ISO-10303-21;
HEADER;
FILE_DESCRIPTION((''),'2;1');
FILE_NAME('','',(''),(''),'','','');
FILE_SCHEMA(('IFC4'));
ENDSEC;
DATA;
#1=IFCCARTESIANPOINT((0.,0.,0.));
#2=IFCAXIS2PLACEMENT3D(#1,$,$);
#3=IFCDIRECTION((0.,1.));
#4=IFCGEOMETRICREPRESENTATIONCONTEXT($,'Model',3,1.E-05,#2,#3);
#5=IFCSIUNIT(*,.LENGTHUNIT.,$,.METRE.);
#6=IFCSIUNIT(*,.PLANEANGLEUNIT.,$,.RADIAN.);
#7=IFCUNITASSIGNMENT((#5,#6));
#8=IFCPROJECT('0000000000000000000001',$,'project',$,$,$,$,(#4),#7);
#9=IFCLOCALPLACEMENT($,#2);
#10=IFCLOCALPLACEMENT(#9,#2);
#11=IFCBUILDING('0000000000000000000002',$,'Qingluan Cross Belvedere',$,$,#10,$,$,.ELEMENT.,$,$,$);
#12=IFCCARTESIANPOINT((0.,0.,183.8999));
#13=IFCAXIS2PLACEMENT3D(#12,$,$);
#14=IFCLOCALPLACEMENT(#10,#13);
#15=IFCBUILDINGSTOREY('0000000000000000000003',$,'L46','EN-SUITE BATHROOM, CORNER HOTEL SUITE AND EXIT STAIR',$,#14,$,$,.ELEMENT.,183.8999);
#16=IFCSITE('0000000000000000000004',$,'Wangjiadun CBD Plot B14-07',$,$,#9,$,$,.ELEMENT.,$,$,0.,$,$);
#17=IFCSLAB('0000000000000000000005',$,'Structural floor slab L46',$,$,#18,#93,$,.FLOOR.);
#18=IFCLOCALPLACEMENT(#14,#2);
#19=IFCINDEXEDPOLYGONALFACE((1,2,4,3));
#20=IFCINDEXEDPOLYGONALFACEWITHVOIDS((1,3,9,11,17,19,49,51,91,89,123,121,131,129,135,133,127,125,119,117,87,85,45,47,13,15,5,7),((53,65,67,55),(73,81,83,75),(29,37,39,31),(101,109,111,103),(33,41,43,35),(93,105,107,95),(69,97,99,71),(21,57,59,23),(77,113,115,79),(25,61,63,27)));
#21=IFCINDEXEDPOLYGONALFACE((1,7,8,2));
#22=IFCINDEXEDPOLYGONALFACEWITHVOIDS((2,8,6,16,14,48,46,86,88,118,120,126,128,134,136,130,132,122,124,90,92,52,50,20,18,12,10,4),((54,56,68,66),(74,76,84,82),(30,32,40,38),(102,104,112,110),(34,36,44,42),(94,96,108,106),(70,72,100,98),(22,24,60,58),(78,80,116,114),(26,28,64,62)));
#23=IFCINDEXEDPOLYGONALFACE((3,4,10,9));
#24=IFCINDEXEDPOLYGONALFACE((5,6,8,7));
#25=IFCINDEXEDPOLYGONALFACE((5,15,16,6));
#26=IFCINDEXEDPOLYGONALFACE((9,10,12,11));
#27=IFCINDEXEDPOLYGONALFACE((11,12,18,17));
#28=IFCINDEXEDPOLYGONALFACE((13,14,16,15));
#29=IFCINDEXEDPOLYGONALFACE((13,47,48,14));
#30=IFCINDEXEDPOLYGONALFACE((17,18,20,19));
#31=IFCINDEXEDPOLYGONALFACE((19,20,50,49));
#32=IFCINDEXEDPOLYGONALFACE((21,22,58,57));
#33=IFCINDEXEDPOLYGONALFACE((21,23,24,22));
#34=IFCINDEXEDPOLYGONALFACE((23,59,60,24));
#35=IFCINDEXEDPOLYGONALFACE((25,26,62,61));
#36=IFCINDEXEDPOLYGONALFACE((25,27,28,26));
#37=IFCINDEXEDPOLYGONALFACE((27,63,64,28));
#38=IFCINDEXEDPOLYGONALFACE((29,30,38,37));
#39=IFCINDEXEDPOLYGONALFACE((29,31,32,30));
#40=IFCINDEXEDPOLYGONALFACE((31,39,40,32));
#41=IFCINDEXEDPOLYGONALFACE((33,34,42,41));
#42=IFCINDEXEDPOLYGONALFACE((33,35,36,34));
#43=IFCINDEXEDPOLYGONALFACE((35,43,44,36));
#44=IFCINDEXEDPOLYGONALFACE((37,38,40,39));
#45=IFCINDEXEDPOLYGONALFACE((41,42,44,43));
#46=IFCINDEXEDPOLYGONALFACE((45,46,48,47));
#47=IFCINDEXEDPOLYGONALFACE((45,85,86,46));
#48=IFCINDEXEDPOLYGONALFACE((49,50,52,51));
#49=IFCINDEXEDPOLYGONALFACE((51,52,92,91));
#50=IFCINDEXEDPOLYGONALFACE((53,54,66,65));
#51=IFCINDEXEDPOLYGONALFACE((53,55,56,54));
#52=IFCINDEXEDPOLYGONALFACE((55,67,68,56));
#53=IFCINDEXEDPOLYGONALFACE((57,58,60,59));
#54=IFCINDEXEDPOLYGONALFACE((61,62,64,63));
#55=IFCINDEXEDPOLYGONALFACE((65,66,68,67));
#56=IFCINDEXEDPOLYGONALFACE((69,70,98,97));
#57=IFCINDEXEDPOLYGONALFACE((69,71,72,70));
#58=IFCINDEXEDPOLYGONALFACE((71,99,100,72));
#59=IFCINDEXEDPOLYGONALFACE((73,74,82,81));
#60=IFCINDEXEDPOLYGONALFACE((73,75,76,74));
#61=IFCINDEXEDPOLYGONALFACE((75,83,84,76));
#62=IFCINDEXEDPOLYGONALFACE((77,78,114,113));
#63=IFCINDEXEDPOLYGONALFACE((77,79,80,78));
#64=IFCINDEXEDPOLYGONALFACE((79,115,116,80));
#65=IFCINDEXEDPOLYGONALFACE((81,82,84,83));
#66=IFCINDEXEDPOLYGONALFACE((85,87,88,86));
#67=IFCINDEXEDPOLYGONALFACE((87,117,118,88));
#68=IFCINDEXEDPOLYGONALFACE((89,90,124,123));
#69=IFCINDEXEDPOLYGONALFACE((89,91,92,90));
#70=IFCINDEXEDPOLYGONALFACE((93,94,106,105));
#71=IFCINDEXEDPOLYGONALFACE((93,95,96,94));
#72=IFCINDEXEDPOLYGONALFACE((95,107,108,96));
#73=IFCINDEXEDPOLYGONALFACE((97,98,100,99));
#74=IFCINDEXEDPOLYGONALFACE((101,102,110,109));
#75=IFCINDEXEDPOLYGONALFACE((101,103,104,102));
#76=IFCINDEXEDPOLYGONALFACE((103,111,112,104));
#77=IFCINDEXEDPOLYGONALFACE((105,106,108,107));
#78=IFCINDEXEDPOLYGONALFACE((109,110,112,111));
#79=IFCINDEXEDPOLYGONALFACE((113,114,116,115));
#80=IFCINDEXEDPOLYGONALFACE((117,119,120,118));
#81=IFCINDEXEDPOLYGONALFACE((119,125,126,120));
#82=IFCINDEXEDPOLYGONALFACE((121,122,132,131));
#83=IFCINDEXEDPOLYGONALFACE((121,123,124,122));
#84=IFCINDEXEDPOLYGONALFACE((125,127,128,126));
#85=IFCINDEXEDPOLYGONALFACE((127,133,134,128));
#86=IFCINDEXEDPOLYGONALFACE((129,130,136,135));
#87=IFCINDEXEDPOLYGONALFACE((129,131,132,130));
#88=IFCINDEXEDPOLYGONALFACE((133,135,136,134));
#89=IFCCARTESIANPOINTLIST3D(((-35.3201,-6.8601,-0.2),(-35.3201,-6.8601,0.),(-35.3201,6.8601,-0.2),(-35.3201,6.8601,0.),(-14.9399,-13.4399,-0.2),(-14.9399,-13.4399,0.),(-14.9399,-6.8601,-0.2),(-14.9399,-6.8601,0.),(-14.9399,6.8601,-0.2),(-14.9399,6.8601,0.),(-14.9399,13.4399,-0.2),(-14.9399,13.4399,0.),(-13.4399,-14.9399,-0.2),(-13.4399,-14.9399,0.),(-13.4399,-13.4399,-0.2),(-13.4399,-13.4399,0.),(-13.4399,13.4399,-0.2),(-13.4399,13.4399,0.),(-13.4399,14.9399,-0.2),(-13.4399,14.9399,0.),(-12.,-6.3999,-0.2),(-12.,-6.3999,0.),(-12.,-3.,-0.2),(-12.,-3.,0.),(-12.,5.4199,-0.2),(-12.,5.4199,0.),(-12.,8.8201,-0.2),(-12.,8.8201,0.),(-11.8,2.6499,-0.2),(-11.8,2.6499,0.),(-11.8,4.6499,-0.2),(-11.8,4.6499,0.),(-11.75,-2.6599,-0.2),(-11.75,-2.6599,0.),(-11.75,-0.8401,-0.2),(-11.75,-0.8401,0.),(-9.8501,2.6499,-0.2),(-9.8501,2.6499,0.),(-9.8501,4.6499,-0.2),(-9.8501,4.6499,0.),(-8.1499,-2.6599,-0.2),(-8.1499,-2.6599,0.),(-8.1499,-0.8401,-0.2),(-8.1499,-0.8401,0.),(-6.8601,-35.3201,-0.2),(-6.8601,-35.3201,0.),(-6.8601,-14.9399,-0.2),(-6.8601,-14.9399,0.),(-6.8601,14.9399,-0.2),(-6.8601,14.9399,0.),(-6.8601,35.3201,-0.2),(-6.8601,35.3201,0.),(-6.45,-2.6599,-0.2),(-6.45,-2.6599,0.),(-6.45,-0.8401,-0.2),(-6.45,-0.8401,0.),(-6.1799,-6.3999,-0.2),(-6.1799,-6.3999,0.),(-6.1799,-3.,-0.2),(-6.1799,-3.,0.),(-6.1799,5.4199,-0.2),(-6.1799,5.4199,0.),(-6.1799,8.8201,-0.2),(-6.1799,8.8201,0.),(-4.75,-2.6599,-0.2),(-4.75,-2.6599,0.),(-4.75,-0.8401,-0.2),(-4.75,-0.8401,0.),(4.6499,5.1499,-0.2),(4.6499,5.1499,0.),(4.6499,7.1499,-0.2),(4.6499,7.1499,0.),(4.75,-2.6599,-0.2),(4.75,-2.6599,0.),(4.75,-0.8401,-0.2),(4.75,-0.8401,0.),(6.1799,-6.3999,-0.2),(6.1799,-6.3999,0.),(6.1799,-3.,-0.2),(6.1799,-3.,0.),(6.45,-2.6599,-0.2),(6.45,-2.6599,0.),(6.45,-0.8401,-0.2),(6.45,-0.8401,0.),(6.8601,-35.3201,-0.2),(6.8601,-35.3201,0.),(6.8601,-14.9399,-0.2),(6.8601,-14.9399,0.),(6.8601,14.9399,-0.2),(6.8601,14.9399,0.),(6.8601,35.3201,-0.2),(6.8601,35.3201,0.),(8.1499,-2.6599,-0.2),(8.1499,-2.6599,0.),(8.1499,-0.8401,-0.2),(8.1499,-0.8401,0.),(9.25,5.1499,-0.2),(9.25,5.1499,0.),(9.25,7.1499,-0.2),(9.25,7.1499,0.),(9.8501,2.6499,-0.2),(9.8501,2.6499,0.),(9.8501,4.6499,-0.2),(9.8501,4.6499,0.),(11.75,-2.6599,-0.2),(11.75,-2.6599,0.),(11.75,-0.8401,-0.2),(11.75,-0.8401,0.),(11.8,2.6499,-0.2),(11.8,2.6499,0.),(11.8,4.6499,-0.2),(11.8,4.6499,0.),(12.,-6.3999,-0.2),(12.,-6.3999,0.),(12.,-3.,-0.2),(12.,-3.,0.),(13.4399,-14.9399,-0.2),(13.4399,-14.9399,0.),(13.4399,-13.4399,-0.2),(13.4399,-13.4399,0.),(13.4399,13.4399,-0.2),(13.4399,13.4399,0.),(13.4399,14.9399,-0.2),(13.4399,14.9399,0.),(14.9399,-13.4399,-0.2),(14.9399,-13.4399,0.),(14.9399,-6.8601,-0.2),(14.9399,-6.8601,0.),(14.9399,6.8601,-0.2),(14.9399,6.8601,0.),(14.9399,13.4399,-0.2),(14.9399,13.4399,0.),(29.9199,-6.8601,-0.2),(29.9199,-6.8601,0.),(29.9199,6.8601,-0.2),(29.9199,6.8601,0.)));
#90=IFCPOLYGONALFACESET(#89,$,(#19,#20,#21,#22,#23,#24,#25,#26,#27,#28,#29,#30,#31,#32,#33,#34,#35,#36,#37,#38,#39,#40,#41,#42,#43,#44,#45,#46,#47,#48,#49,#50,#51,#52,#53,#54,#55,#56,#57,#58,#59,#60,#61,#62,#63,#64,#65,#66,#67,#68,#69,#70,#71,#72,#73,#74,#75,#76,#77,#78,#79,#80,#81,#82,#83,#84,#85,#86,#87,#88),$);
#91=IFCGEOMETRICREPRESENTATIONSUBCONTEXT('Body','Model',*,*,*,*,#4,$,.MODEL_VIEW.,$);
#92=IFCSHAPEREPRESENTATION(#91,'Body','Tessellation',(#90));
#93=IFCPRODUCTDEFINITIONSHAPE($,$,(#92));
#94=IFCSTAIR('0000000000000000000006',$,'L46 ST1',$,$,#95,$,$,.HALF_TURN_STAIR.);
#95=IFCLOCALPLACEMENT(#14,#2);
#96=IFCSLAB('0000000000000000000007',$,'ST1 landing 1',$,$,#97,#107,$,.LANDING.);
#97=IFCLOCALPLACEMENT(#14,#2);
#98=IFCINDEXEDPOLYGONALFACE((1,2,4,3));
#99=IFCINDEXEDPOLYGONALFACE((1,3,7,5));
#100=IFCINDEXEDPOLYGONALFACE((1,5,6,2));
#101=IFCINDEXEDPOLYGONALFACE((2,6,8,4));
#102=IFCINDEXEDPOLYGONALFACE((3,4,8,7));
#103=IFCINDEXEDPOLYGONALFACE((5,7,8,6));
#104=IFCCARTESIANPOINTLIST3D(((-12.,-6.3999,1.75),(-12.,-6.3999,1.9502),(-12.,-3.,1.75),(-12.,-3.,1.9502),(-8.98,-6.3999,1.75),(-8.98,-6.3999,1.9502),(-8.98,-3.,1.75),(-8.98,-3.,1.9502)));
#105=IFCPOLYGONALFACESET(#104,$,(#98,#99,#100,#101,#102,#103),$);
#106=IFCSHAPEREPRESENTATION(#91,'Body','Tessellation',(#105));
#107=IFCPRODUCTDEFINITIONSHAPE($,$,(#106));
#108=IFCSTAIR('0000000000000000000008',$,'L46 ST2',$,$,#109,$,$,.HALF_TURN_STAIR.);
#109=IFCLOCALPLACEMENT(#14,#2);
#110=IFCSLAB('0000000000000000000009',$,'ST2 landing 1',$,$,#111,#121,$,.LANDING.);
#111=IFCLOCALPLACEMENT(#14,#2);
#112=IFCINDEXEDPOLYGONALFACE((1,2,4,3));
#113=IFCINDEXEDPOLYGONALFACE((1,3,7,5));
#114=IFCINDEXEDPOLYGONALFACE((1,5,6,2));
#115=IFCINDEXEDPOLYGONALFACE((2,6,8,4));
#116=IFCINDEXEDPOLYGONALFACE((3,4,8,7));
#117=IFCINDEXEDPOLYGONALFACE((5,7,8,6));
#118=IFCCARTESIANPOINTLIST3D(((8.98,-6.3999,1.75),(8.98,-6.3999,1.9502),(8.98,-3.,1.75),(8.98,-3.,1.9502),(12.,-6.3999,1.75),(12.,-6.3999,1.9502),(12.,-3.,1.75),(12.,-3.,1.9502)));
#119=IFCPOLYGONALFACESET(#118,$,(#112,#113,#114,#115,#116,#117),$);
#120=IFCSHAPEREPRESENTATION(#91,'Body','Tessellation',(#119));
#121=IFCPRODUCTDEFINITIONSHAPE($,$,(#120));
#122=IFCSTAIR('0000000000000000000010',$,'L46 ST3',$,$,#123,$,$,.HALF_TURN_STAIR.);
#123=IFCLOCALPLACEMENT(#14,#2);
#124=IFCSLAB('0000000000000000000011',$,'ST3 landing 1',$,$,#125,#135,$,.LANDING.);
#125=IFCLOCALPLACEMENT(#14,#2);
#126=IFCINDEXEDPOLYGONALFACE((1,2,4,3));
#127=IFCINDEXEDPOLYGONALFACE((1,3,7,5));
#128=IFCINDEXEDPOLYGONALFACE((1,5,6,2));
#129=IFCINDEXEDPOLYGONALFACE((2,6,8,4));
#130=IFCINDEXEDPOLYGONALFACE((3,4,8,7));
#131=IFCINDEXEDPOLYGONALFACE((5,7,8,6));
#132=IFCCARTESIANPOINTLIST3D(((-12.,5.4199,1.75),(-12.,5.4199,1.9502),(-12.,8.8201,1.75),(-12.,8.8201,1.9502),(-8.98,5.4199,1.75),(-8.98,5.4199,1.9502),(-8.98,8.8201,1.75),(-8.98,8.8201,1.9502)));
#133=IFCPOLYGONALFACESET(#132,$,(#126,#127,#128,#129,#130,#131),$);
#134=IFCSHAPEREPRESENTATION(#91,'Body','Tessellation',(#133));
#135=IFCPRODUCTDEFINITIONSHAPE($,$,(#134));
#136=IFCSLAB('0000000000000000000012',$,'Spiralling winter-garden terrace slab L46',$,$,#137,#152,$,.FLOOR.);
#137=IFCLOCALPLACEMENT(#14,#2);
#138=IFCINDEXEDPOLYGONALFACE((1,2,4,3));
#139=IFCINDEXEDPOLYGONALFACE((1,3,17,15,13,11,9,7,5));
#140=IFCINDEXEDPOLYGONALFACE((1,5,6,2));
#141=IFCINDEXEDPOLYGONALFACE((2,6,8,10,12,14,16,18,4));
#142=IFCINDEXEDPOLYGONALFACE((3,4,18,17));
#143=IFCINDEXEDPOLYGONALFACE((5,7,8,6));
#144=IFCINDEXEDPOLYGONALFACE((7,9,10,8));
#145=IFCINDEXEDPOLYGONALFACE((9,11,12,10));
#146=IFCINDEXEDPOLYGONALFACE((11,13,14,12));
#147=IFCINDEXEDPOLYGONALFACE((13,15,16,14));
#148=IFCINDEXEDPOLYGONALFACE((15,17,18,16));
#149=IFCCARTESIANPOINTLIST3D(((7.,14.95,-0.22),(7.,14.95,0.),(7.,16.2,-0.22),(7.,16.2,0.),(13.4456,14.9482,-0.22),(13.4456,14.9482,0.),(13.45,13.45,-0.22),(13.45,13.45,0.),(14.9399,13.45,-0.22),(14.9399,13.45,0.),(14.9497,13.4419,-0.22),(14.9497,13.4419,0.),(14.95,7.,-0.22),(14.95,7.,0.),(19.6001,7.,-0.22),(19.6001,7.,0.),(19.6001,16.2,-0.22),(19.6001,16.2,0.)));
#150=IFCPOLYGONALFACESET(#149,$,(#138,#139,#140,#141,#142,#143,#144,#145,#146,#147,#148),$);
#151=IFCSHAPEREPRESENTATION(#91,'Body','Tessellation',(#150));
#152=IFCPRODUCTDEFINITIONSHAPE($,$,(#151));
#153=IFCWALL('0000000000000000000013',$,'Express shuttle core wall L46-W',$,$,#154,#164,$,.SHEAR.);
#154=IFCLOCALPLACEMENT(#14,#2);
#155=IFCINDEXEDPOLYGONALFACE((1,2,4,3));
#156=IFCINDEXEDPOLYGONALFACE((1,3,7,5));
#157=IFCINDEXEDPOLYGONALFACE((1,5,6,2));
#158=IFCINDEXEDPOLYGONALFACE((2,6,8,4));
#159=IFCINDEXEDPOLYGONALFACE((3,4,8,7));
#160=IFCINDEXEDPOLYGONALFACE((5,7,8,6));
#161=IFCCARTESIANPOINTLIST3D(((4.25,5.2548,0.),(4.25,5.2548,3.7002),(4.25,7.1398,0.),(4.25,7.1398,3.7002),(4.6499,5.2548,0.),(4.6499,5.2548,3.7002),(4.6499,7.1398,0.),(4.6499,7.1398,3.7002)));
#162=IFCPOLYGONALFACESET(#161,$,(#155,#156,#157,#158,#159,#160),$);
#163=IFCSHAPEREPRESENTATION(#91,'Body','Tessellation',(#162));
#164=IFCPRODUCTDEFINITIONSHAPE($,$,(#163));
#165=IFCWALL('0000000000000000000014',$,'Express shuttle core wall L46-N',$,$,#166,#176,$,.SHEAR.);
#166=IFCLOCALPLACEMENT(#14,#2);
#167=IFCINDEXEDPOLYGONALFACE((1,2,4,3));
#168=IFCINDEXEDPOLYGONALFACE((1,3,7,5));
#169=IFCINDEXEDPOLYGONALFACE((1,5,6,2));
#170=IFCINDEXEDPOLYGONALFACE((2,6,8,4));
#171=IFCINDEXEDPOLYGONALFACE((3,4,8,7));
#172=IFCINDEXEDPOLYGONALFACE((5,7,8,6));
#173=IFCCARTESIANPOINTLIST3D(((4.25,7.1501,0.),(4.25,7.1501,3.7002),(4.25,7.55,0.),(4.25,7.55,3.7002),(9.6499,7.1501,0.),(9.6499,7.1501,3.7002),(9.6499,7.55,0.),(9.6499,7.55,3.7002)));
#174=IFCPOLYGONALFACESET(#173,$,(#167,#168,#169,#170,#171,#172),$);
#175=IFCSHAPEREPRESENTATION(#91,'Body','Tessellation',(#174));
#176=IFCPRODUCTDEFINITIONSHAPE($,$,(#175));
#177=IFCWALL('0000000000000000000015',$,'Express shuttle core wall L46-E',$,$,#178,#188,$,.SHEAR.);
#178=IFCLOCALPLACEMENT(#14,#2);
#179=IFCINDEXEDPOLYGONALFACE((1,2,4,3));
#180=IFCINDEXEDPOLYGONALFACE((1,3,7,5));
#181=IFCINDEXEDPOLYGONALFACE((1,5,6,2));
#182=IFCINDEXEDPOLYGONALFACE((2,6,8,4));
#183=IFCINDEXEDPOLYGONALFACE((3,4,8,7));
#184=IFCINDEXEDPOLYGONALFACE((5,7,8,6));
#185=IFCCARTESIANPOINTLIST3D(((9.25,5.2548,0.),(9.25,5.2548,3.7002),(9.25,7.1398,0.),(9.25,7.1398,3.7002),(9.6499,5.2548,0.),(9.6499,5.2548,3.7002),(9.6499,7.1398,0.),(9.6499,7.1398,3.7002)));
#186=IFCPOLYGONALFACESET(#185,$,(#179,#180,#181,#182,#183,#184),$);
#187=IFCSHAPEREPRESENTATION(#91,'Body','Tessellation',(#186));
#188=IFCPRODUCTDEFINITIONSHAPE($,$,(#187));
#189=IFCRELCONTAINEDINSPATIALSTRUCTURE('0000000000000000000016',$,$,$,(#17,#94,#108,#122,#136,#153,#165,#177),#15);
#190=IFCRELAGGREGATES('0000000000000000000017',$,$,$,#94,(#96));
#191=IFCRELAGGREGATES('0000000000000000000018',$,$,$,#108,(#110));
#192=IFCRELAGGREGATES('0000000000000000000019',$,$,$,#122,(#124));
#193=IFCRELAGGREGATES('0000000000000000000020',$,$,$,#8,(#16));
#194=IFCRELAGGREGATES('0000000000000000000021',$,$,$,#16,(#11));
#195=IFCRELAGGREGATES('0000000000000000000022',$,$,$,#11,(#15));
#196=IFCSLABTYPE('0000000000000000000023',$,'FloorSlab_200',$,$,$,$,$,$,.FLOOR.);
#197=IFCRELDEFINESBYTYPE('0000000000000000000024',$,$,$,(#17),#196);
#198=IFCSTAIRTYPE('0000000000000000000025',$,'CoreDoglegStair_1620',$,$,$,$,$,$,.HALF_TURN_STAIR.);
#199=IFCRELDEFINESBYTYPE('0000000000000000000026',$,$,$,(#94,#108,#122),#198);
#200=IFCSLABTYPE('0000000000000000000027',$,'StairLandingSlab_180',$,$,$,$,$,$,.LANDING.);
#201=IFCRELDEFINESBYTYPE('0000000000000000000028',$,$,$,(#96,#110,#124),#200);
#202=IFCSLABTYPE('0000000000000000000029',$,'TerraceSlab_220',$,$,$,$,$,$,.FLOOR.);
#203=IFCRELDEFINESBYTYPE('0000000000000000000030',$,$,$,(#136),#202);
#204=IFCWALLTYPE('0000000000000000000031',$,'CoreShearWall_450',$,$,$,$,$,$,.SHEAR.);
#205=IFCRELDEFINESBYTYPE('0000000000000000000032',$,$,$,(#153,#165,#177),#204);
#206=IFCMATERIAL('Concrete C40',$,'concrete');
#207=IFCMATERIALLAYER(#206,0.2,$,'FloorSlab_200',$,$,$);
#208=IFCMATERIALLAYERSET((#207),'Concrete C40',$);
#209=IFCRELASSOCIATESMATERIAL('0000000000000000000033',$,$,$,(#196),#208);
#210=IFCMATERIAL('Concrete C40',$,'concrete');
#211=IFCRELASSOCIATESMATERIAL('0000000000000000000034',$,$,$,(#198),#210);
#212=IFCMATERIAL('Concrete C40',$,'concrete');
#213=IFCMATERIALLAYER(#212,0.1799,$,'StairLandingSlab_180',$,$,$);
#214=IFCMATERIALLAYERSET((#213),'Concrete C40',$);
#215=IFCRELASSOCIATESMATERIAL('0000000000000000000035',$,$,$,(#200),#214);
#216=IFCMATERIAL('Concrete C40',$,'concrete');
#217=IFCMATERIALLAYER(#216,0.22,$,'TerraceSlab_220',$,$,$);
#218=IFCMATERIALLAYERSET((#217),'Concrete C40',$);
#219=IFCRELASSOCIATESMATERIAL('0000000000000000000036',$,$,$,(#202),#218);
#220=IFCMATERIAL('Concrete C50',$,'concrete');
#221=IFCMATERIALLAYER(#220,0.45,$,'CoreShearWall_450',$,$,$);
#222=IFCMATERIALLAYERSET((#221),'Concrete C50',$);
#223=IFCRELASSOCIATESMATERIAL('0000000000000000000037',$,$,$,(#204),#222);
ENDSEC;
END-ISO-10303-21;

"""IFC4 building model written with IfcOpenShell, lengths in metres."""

from ifc_helpers import new_model, si_unit, direction, frame, frame_2d, origin, place, context, subcontext, project, spatial, polyline, rectangle, outline, extrude, material, layer, layer_set, type_object, element, aggregate, save


model = new_model("IFC4")

# Units and contexts
model_context = context("Model", 3, precision=1e-05, world=origin(), true_north=direction((0.0, 1.0)))
body_context = subcontext(model_context, "Body", "Model", "MODEL_VIEW")
ifc_project = project(units=[si_unit("LENGTHUNIT", "METRE"), si_unit("PLANEANGLEUNIT", "RADIAN")], contexts=[model_context])

# Site, building, storey
site_placement = place(None, origin())
site = spatial("IfcSite", under=ifc_project, at=site_placement, Name="Wangjiadun CBD Plot B14-07", CompositionType="ELEMENT", RefElevation=0.0)
building_placement = place(site_placement, origin())
building = spatial("IfcBuilding", under=site, at=building_placement, Name="Qingluan Cross Belvedere", CompositionType="ELEMENT")
storey_placement = place(building_placement, frame((0.0, 0.0, 183.8999)))
storey = spatial("IfcBuildingStorey", under=building, at=storey_placement, Name="L46", Description="EN-SUITE BATHROOM, CORNER HOTEL SUITE AND EXIT STAIR", CompositionType="ELEMENT", Elevation=183.8999)

# Slab
ifc_material_1 = material(Name="Concrete C40", Category="concrete")
ifc_layer_1 = layer(ifc_material_1, 0.2, Name="FloorSlab_200")
ifc_layer_set_1 = layer_set([ifc_layer_1], Name="Concrete C40")
slab_type_1 = type_object("IfcSlabType", Name="FloorSlab_200", PredefinedType="FLOOR", material=ifc_layer_set_1)
slab_1_placement = place(storey_placement, frame((0.0, 0.0, -0.2)))
element("IfcSlab", 1, at=slab_1_placement, inside=storey, type_object=slab_type_1, Name="Structural floor slab L46", PredefinedType="FLOOR", context=body_context, shape_type="SweptSolid", body=[
    extrude(outline(polyline([(6.8601, -35.3201), (6.8601, -14.9399), (13.4399, -14.9399), (13.4399, -13.4399), (14.9399, -13.4399), (14.9399, -6.8601), (29.9199, -6.8601), (29.9199, 6.8601), (14.9399, 6.8601), (14.9399, 13.4399), (13.4399, 13.4399), (13.4399, 14.9399), (6.8601, 14.9399), (6.8601, 35.3201), (-6.8601, 35.3201), (-6.8601, 14.9399), (-13.4399, 14.9399), (-13.4399, 13.4399), (-14.9399, 13.4399), (-14.9399, 6.8601), (-35.3201, 6.8601), (-35.3201, -6.8601), (-14.9399, -6.8601), (-14.9399, -13.4399), (-13.4399, -13.4399), (-13.4399, -14.9399), (-6.8601, -14.9399), (-6.8601, -35.3201), (6.8601, -35.3201)]), holes=[polyline([(-12.0, -3.0), (-6.1799, -3.0), (-6.1799, -6.3999), (-12.0, -6.3999), (-12.0, -3.0)]), polyline([(6.1799, -3.0), (12.0, -3.0), (12.0, -6.3999), (6.1799, -6.3999), (6.1799, -3.0)]), polyline([(-12.0, 8.8201), (-6.1799, 8.8201), (-6.1799, 5.4199), (-12.0, 5.4199), (-12.0, 8.8201)]), polyline([(-11.8, 4.6499), (-9.8501, 4.6499), (-9.8501, 2.6499), (-11.8, 2.6499), (-11.8, 4.6499)]), polyline([(9.8501, 4.6499), (11.8, 4.6499), (11.8, 2.6499), (9.8501, 2.6499), (9.8501, 4.6499)]), polyline([(-11.75, -0.8401), (-8.1499, -0.8401), (-8.1499, -2.6599), (-11.75, -2.6599), (-11.75, -0.8401)]), polyline([(-6.45, -0.8401), (-4.75, -0.8401), (-4.75, -2.6599), (-6.45, -2.6599), (-6.45, -0.8401)]), polyline([(4.75, -0.8401), (6.45, -0.8401), (6.45, -2.6599), (4.75, -2.6599), (4.75, -0.8401)]), polyline([(8.1499, -0.8401), (11.75, -0.8401), (11.75, -2.6599), (8.1499, -2.6599), (8.1499, -0.8401)]), polyline([(4.6499, 7.1499), (9.25, 7.1499), (9.25, 5.1499), (4.6499, 5.1499), (4.6499, 7.1499)])]), origin(), (0.0, 0.0, 1.0), 0.2),
])

# Stairs, slabs
ifc_material_2 = material(Name="Concrete C40", Category="concrete")
stair_type = type_object("IfcStairType", Name="CoreDoglegStair_1620", PredefinedType="HALF_TURN_STAIR", material=ifc_material_2)
stair_1_placement = place(storey_placement, origin())
stair_1 = element("IfcStair", 2, at=stair_1_placement, inside=storey, type_object=stair_type, Name="L46 ST1", PredefinedType="HALF_TURN_STAIR")
ifc_material_3 = material(Name="Concrete C40", Category="concrete")
ifc_layer_2 = layer(ifc_material_3, 0.1799, Name="StairLandingSlab_180")
ifc_layer_set_2 = layer_set([ifc_layer_2], Name="Concrete C40")
slab_type_2 = type_object("IfcSlabType", Name="StairLandingSlab_180", PredefinedType="LANDING", material=ifc_layer_set_2)
slab_2_placement = place(storey_placement, frame((0.0, 0.0, 1.75)))
slab_2 = element("IfcSlab", 3, at=slab_2_placement, type_object=slab_type_2, Name="ST1 landing 1", PredefinedType="LANDING", context=body_context, shape_type="SweptSolid", body=[
    extrude(outline(polyline([(-8.98, -3.0), (-12.0, -3.0), (-12.0, -6.3999), (-8.98, -6.3999), (-8.98, -3.0)])), origin(), (0.0, 0.0, 1.0), 0.2002),
])
aggregate(stair_1, [slab_2])
stair_2_placement = place(storey_placement, origin())
stair_2 = element("IfcStair", 4, at=stair_2_placement, inside=storey, type_object=stair_type, Name="L46 ST2", PredefinedType="HALF_TURN_STAIR")
slab_3_placement = place(storey_placement, frame((0.0, 0.0, 1.75)))
slab_3 = element("IfcSlab", 5, at=slab_3_placement, type_object=slab_type_2, Name="ST2 landing 1", PredefinedType="LANDING", context=body_context, shape_type="SweptSolid", body=[
    extrude(outline(polyline([(8.98, -6.3999), (12.0, -6.3999), (12.0, -3.0), (8.98, -3.0), (8.98, -6.3999)])), origin(), (0.0, 0.0, 1.0), 0.2002),
])
aggregate(stair_2, [slab_3])
stair_3_placement = place(storey_placement, origin())
stair_3 = element("IfcStair", 6, at=stair_3_placement, inside=storey, type_object=stair_type, Name="L46 ST3", PredefinedType="HALF_TURN_STAIR")
slab_4_placement = place(storey_placement, frame((0.0, 0.0, 1.75)))
slab_4 = element("IfcSlab", 7, at=slab_4_placement, type_object=slab_type_2, Name="ST3 landing 1", PredefinedType="LANDING", context=body_context, shape_type="SweptSolid", body=[
    extrude(outline(polyline([(-8.98, 8.8201), (-12.0, 8.8201), (-12.0, 5.4199), (-8.98, 5.4199), (-8.98, 8.8201)])), origin(), (0.0, 0.0, 1.0), 0.2002),
])
aggregate(stair_3, [slab_4])

# Slab
ifc_material_4 = material(Name="Concrete C40", Category="concrete")
ifc_layer_3 = layer(ifc_material_4, 0.22, Name="TerraceSlab_220")
ifc_layer_set_3 = layer_set([ifc_layer_3], Name="Concrete C40")
slab_type_3 = type_object("IfcSlabType", Name="TerraceSlab_220", PredefinedType="FLOOR", material=ifc_layer_set_3)
slab_5_placement = place(storey_placement, frame((0.0, 0.0, -0.22)))
element("IfcSlab", 8, at=slab_5_placement, inside=storey, type_object=slab_type_3, Name="Spiralling winter-garden terrace slab L46", PredefinedType="FLOOR", context=body_context, shape_type="SweptSolid", body=[
    extrude(outline(polyline([(7.0, 14.95), (13.4456, 14.9482), (13.45, 13.45), (14.9399, 13.45), (14.9497, 13.4419), (14.95, 7.0), (19.6001, 7.0), (19.6001, 16.2), (7.0, 16.2), (7.0, 14.95)])), origin(), (0.0, 0.0, 1.0), 0.22),
])

# Walls
ifc_material_5 = material(Name="Concrete C50", Category="concrete")
ifc_layer_4 = layer(ifc_material_5, 0.45, Name="CoreShearWall_450")
ifc_layer_set_4 = layer_set([ifc_layer_4], Name="Concrete C50")
wall_type_1 = type_object("IfcWallType", Name="CoreShearWall_450", PredefinedType="SHEAR", material=ifc_layer_set_4)
wall_1_placement = place(storey_placement, frame((4.45, 5.2549, 0.0), z_axis=(0.0, 0.0, 1.0), x_axis=(0.0, 1.0, 0.0)))
element("IfcWall", 9, at=wall_1_placement, inside=storey, type_object=wall_type_1, Name="Express shuttle core wall L46-W", PredefinedType="SHEAR", context=body_context, shape_type="SweptSolid", body=[
    extrude(rectangle(XDim=1.885, YDim=0.3999, at=frame_2d((0.9424, 0.0))), origin(), (0.0, 0.0, 1.0), 3.7002),
])
wall_2_placement = place(storey_placement, frame((4.25, 7.3501, 0.0), z_axis=(0.0, 0.0, 1.0), x_axis=(1.0, 0.0, 0.0)))
element("IfcWall", 10, at=wall_2_placement, inside=storey, type_object=wall_type_1, Name="Express shuttle core wall L46-N", PredefinedType="SHEAR", context=body_context, shape_type="SweptSolid", body=[
    extrude(rectangle(XDim=5.3999, YDim=0.3999, at=frame_2d((2.7, 0.0))), origin(), (0.0, 0.0, 1.0), 3.7002),
])
wall_3_placement = place(storey_placement, frame((9.45, 5.2549, 0.0), z_axis=(0.0, 0.0, 1.0), x_axis=(0.0, 1.0, 0.0)))
element("IfcWall", 11, at=wall_3_placement, inside=storey, type_object=wall_type_1, Name="Express shuttle core wall L46-E", PredefinedType="SHEAR", context=body_context, shape_type="SweptSolid", body=[
    extrude(rectangle(XDim=1.885, YDim=0.3999, at=frame_2d((0.9424, 0.0))), origin(), (0.0, 0.0, 1.0), 3.7002),
])

save(model, "model.ifc")
